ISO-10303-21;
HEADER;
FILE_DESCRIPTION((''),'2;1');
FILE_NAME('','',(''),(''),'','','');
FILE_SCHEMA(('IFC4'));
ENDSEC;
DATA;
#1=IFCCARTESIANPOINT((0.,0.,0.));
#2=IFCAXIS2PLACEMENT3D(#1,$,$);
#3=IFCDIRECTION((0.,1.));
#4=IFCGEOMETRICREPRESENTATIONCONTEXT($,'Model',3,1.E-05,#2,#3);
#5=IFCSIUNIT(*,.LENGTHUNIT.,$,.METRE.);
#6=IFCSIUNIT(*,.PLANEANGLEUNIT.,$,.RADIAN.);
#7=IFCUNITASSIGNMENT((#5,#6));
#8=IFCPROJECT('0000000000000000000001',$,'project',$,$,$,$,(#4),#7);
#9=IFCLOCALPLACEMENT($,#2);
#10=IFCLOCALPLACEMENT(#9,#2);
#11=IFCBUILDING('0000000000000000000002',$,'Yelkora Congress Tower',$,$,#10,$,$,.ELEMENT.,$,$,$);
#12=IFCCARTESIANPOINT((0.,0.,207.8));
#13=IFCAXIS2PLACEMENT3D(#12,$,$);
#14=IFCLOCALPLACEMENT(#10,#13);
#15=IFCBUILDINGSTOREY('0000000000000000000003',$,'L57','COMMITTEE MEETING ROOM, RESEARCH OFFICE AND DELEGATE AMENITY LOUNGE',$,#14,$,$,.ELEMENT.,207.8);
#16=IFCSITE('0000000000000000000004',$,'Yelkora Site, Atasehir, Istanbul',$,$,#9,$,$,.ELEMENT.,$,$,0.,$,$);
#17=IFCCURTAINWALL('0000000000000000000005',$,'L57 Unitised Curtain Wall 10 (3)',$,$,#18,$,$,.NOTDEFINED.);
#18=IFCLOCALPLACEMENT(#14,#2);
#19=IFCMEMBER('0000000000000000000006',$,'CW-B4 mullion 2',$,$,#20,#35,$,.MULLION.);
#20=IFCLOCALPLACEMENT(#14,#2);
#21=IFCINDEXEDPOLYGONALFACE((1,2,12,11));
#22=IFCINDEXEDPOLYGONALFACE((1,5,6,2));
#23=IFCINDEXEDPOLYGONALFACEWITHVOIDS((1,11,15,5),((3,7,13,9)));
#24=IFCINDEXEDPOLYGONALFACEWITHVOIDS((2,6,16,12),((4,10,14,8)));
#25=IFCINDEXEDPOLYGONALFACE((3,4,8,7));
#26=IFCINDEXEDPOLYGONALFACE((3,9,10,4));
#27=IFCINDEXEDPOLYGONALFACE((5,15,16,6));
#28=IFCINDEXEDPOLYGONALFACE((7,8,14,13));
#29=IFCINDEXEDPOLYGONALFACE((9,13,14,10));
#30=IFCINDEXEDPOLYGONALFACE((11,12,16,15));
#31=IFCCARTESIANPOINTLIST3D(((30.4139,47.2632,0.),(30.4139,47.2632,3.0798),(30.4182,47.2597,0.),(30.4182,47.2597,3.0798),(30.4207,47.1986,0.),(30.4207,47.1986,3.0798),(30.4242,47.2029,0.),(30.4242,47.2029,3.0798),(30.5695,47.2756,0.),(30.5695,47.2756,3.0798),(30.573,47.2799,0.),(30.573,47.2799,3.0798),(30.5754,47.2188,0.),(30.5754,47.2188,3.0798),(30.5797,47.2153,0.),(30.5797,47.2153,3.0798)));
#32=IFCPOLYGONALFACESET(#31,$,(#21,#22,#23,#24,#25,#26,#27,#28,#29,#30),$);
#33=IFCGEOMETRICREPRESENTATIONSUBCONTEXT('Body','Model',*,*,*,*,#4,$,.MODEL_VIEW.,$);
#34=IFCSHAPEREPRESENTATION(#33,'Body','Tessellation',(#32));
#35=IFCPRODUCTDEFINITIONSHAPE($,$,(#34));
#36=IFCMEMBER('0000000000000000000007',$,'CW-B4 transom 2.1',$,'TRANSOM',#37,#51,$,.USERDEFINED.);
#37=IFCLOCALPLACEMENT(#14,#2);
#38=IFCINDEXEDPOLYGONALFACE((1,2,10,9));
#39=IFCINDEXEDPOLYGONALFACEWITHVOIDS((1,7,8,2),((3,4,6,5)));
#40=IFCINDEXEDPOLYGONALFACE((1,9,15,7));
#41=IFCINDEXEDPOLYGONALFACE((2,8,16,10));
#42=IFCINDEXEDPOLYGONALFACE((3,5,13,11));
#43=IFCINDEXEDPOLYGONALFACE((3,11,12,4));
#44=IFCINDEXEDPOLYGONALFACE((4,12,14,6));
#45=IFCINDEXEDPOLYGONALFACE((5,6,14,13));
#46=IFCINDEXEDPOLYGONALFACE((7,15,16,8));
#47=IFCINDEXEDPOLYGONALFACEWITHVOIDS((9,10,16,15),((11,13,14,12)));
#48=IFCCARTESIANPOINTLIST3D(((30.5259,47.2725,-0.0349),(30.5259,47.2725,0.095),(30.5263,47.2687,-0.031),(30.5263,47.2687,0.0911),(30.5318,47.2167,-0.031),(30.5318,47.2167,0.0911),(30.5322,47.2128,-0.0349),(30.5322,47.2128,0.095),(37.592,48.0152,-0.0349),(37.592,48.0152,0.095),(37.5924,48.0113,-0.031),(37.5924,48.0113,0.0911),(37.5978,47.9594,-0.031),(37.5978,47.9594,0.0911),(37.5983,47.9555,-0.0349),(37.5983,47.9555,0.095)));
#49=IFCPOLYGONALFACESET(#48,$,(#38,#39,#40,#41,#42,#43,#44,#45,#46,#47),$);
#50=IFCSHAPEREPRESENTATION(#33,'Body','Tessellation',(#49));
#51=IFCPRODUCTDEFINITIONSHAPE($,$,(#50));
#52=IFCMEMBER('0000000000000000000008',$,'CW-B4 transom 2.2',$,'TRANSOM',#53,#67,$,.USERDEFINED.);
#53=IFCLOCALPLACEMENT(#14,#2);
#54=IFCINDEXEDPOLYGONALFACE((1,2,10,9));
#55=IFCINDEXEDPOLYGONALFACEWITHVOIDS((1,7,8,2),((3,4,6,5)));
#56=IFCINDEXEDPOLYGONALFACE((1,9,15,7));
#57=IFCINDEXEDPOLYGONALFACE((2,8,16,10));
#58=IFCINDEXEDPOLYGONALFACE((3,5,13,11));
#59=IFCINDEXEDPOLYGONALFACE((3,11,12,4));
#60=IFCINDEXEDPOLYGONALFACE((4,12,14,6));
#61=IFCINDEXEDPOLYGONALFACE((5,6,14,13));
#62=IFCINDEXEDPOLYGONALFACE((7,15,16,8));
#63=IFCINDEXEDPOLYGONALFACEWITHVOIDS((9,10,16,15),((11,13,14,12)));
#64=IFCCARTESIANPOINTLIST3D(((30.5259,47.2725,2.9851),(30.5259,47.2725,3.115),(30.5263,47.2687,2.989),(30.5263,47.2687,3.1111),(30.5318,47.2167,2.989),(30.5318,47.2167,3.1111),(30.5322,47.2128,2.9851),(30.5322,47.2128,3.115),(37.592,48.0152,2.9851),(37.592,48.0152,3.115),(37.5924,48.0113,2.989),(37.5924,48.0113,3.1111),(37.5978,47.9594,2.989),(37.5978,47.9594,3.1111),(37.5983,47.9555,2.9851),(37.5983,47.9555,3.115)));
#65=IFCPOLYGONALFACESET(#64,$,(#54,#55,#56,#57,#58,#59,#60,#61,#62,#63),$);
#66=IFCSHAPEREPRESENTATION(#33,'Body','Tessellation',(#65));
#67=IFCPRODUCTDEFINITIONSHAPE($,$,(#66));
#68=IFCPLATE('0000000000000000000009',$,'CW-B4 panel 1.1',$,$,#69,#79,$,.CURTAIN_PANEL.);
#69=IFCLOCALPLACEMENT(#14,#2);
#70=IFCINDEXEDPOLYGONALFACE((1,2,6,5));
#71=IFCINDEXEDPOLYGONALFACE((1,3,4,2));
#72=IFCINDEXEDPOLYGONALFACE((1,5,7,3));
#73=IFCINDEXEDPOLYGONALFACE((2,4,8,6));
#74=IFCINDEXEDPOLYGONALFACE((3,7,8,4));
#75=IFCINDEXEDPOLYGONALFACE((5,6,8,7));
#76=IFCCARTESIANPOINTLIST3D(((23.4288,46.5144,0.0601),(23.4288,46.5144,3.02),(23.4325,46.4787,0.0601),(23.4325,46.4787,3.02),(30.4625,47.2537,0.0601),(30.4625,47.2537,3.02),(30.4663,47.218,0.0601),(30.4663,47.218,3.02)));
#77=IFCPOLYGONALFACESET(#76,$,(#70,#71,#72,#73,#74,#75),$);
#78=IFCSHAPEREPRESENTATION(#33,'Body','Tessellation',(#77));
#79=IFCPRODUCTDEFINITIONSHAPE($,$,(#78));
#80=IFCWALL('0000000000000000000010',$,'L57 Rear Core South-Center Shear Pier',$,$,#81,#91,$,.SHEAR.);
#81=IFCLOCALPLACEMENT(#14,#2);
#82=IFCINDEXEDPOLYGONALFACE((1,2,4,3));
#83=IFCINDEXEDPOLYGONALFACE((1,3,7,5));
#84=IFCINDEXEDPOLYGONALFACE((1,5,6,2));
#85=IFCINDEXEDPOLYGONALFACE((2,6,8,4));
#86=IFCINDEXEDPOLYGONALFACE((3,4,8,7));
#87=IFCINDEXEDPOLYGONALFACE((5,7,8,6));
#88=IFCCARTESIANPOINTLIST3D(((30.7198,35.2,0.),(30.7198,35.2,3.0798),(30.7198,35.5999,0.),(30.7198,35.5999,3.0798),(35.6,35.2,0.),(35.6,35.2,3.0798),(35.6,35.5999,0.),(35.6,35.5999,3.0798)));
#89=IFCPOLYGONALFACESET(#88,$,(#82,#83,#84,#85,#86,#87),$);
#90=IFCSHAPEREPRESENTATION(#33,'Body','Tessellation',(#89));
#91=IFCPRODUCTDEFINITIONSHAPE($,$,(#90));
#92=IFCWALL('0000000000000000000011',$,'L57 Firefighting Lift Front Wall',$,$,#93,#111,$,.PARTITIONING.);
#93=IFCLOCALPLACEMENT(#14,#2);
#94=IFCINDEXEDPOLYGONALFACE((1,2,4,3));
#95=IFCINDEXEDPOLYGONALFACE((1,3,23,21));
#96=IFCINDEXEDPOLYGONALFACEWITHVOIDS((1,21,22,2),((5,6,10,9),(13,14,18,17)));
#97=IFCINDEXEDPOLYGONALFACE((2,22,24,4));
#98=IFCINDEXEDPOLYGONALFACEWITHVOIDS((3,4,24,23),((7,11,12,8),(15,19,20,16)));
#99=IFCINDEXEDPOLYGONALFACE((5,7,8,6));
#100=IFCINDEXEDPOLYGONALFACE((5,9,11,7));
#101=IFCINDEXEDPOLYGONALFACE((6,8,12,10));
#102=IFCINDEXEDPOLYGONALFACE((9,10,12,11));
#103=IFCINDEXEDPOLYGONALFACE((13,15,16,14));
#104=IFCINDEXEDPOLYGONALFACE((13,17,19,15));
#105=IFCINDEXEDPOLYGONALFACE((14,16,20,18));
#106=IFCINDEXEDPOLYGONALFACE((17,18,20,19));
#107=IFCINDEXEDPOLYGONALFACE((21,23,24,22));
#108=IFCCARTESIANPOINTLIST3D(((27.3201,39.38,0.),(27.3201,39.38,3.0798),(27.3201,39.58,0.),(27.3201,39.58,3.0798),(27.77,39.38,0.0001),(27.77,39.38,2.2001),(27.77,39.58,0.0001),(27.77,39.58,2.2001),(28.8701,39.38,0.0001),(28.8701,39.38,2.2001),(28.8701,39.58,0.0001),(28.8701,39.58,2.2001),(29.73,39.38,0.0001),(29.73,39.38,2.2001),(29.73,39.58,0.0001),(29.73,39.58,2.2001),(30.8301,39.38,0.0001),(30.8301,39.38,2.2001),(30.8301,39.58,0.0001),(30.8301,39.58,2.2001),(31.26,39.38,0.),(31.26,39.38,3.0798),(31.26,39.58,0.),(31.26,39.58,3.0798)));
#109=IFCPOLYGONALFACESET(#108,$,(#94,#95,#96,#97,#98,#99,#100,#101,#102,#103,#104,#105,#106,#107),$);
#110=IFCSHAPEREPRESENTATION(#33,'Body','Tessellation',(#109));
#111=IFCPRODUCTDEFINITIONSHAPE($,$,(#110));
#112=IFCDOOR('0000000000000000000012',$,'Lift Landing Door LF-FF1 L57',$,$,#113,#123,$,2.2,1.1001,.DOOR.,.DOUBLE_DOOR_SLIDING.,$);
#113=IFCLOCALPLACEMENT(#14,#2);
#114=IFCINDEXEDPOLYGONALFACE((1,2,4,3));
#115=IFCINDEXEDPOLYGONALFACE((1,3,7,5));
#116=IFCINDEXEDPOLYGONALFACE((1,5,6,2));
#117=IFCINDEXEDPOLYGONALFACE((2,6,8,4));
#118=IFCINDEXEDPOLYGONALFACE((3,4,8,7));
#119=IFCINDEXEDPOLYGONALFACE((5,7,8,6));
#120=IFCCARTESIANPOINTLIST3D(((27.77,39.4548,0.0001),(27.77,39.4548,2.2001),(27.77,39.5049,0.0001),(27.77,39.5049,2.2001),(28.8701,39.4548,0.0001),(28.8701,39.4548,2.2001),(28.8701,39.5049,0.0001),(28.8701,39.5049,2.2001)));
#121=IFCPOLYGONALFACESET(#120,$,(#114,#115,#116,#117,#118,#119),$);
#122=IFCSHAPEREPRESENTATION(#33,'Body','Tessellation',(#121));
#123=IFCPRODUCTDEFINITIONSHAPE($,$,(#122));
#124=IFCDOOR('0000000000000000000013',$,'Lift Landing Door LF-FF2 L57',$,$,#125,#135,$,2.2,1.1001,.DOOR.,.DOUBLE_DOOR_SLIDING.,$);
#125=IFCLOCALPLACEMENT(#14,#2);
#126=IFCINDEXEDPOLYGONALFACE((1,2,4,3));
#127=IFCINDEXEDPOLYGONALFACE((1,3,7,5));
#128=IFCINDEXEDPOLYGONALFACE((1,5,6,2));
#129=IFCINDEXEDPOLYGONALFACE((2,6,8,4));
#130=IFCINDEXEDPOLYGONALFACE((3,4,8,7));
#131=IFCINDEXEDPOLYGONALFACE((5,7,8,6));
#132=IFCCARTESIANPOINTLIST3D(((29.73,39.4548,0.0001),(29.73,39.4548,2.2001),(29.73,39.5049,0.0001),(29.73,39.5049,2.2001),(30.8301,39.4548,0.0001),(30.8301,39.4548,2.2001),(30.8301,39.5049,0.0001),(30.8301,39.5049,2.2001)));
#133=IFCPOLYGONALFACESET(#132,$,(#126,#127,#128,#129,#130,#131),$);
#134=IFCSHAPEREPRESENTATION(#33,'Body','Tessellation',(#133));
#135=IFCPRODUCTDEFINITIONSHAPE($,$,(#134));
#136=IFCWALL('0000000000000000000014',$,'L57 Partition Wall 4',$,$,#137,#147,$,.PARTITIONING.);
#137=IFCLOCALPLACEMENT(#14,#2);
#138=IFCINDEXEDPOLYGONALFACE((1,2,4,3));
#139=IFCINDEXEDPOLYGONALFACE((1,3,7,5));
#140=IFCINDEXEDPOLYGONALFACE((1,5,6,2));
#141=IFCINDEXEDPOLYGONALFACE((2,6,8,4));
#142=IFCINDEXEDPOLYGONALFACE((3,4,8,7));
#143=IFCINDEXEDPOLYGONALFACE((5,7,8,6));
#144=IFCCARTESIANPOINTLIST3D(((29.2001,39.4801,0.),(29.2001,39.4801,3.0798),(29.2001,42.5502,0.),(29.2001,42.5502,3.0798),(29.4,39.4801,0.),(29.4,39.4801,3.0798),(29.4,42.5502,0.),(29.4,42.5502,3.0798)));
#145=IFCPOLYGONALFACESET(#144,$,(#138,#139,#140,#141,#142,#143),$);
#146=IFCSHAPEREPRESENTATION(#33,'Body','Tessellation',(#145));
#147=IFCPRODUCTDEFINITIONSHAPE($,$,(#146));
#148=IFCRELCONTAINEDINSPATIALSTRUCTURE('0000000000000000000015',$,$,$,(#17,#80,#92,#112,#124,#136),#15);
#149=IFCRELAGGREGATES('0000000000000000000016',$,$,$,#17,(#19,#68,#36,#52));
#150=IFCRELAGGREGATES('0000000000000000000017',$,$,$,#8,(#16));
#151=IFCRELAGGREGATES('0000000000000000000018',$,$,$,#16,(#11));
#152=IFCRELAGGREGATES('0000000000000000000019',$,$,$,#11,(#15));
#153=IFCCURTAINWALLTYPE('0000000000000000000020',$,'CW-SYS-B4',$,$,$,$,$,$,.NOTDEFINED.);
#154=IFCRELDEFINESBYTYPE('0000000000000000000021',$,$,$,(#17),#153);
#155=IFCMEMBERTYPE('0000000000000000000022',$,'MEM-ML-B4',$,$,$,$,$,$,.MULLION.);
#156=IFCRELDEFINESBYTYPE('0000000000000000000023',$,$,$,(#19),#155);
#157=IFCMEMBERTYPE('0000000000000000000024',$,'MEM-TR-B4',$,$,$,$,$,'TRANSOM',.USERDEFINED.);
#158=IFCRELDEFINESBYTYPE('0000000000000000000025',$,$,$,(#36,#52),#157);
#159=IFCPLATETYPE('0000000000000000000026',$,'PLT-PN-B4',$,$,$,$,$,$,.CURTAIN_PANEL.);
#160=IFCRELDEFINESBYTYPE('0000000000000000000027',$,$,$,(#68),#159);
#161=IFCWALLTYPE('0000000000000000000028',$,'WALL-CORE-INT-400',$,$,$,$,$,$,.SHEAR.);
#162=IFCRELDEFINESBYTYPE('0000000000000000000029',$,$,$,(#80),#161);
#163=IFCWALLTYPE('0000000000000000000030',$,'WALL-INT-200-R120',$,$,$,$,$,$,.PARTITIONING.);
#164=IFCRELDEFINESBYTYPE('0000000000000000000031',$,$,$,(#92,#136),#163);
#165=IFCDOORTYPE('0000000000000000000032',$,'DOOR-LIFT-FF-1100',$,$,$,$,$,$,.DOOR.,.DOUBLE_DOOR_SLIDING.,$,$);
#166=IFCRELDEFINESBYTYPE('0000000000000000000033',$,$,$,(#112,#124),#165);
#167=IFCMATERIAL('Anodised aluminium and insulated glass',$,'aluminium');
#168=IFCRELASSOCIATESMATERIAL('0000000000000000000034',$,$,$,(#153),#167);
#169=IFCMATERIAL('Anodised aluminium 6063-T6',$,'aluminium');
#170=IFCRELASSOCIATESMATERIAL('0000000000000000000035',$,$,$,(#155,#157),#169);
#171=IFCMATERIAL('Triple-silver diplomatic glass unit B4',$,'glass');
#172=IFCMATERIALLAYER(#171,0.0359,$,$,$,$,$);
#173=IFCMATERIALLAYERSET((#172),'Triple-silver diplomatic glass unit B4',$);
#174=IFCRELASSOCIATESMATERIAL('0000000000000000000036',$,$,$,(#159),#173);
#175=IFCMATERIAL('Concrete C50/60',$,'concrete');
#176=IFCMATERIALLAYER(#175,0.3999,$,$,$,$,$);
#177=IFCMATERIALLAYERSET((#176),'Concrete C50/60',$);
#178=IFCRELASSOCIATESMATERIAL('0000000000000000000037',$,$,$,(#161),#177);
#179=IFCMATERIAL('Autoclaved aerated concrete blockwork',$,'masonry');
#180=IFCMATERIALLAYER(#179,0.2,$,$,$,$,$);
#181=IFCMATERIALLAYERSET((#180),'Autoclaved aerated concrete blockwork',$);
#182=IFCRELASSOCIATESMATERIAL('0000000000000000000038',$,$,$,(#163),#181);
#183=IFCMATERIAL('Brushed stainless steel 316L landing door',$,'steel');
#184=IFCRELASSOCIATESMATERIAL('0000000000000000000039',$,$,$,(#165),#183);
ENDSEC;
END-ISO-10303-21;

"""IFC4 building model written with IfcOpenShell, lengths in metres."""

from ifc_helpers import new_model, si_unit, direction, frame, frame_2d, origin, origin_2d, place, context, subcontext, project, spatial, rectangle, hollow_rectangle, extrude, material, layer, layer_set, material_profile, profile_set, type_object, element, fill, aggregate, save


model = new_model("IFC4")

# Units and contexts
model_context = context("Model", 3, precision=1e-05, world=origin(), true_north=direction((0.0, 1.0)))
body_context = subcontext(model_context, "Body", "Model", "MODEL_VIEW")
ifc_project = project(units=[si_unit("LENGTHUNIT", "METRE"), si_unit("PLANEANGLEUNIT", "RADIAN")], contexts=[model_context])

# Site, building, storey
site_placement = place(None, origin())
site = spatial("IfcSite", under=ifc_project, at=site_placement, Name="Yelkora Site, Atasehir, Istanbul", CompositionType="ELEMENT", RefElevation=0.0)
building_placement = place(site_placement, origin())
building = spatial("IfcBuilding", under=site, at=building_placement, Name="Yelkora Congress Tower", CompositionType="ELEMENT")
storey_placement = place(building_placement, frame((0.0, 0.0, 207.8)))
storey = spatial("IfcBuildingStorey", under=building, at=storey_placement, Name="L57", Description="COMMITTEE MEETING ROOM, RESEARCH OFFICE AND DELEGATE AMENITY LOUNGE", CompositionType="ELEMENT", Elevation=207.8)

# Curtain wall, members, plate
ifc_material_1 = material(Name="Anodised aluminium and insulated glass", Category="aluminium")
curtain_wall_type = type_object("IfcCurtainWallType", Name="CW-SYS-B4", PredefinedType="NOTDEFINED", material=ifc_material_1)
curtain_wall_placement = place(storey_placement, origin())
curtain_wall = element("IfcCurtainWall", 1, at=curtain_wall_placement, inside=storey, type_object=curtain_wall_type, Name="L57 Unitised Curtain Wall 10 (3)", PredefinedType="NOTDEFINED")
ifc_material_2 = material(Name="Anodised aluminium 6063-T6", Category="aluminium")
ifc_material_profile_1 = material_profile(ifc_material_2, hollow_rectangle(XDim=0.0649, YDim=0.1599, WallThickness=0.0039, at=origin_2d()), Name="ALU 65x160x4")
ifc_profile_set_1 = profile_set([ifc_material_profile_1], Name="Anodised aluminium 6063-T6")
member_type_1 = type_object("IfcMemberType", Name="MEM-ML-B4", PredefinedType="MULLION", material=ifc_profile_set_1)
member_1_placement = place(storey_placement, frame((30.4968, 47.2393, 0.0), z_axis=(0.0, 0.0, 1.0), x_axis=(-0.104528, 0.994522, 0.0)))
member_1 = element("IfcMember", 2, at=member_1_placement, type_object=member_type_1, Name="CW-B4 mullion 2", PredefinedType="MULLION", context=body_context, shape_type="SweptSolid", body=[
    extrude(hollow_rectangle(XDim=0.0649, YDim=0.1599, WallThickness=0.0039, at=origin_2d()), origin(), (0.0, 0.0, 1.0), 3.0798),
])
ifc_material_profile_2 = material_profile(ifc_material_2, hollow_rectangle(XDim=0.0601, YDim=0.1299, WallThickness=0.0039, at=origin_2d()), Name="ALU 60x130x4")
ifc_profile_set_2 = profile_set([ifc_material_profile_2], Name="Anodised aluminium 6063-T6")
member_type_2 = type_object("IfcMemberType", Name="MEM-TR-B4", ElementType="TRANSOM", PredefinedType="USERDEFINED", material=ifc_profile_set_2)
member_2_placement = place(storey_placement, frame((30.5291, 47.2427, 0.03), z_axis=(0.994522, 0.104527, 0.0), x_axis=(-0.104527, 0.994522, 0.0)))
member_2 = element("IfcMember", 3, at=member_2_placement, type_object=member_type_2, Name="CW-B4 transom 2.1", ObjectType="TRANSOM", PredefinedType="USERDEFINED", context=body_context, shape_type="SweptSolid", body=[
    extrude(hollow_rectangle(XDim=0.0601, YDim=0.1299, WallThickness=0.0039, at=origin_2d()), origin(), (0.0, 0.0, 1.0), 7.105),
])
member_3_placement = place(storey_placement, frame((30.5291, 47.2427, 3.05), z_axis=(0.994522, 0.104527, 0.0), x_axis=(-0.104527, 0.994522, 0.0)))
member_3 = element("IfcMember", 4, at=member_3_placement, type_object=member_type_2, Name="CW-B4 transom 2.2", ObjectType="TRANSOM", PredefinedType="USERDEFINED", context=body_context, shape_type="SweptSolid", body=[
    extrude(hollow_rectangle(XDim=0.0601, YDim=0.1299, WallThickness=0.0039, at=origin_2d()), origin(), (0.0, 0.0, 1.0), 7.105),
])
ifc_material_3 = material(Name="Triple-silver diplomatic glass unit B4", Category="glass")
ifc_layer_1 = layer(ifc_material_3, 0.0359)
ifc_layer_set_1 = layer_set([ifc_layer_1], Name="Triple-silver diplomatic glass unit B4")
plate_type = type_object("IfcPlateType", Name="PLT-PN-B4", PredefinedType="CURTAIN_PANEL", material=ifc_layer_set_1)
plate_placement = place(storey_placement, frame((26.9475, 46.8662, 0.0601), z_axis=(0.0, 0.0, 1.0), x_axis=(0.994522, 0.104528, 0.0)))
plate = element("IfcPlate", 5, at=plate_placement, type_object=plate_type, Name="CW-B4 panel 1.1", PredefinedType="CURTAIN_PANEL", context=body_context, shape_type="SweptSolid", body=[
    extrude(rectangle(XDim=7.0725, YDim=0.0359, at=origin_2d()), origin(), (0.0, 0.0, 1.0), 2.96),
])
aggregate(curtain_wall, [member_1, plate, member_2, member_3])

# Wall
ifc_material_4 = material(Name="Concrete C50/60", Category="concrete")
ifc_layer_2 = layer(ifc_material_4, 0.3999)
ifc_layer_set_2 = layer_set([ifc_layer_2], Name="Concrete C50/60")
wall_type_1 = type_object("IfcWallType", Name="WALL-CORE-INT-400", PredefinedType="SHEAR", material=ifc_layer_set_2)
wall_1_placement = place(storey_placement, frame((30.72, 35.3999, 0.0), z_axis=(0.0, 0.0, 1.0), x_axis=(1.0, 0.0, 0.0)))
element("IfcWall", 6, at=wall_1_placement, inside=storey, type_object=wall_type_1, Name="L57 Rear Core South-Center Shear Pier", PredefinedType="SHEAR", context=body_context, shape_type="SweptSolid", body=[
    extrude(rectangle(XDim=4.8801, YDim=0.3999, at=frame_2d((2.4399, 0.0))), origin(), (0.0, 0.0, 1.0), 3.0798),
])

# Shared definitions
ifc_material_5 = material(Name="Autoclaved aerated concrete blockwork", Category="masonry")
ifc_layer_3 = layer(ifc_material_5, 0.2)
ifc_layer_set_3 = layer_set([ifc_layer_3], Name="Autoclaved aerated concrete blockwork")
wall_type_2 = type_object("IfcWallType", Name="WALL-INT-200-R120", PredefinedType="PARTITIONING", material=ifc_layer_set_3)

# Wall, openings, doors
wall_2_placement = place(storey_placement, frame((27.3201, 39.48, 0.0), z_axis=(0.0, 0.0, 1.0), x_axis=(1.0, 0.0, 0.0)))
wall_2 = element("IfcWall", 7, at=wall_2_placement, inside=storey, type_object=wall_type_2, Name="L57 Firefighting Lift Front Wall", PredefinedType="PARTITIONING", context=body_context, shape_type="SweptSolid", body=[
    extrude(rectangle(XDim=3.9399, YDim=0.2, at=frame_2d((1.97, 0.0))), origin(), (0.0, 0.0, 1.0), 3.0798),
])
opening_1_placement = place(wall_2_placement, frame((0.45, 0.0, 0.0)))
opening_1 = element("IfcOpeningElement", 8, at=opening_1_placement, cuts=wall_2, PredefinedType="OPENING", context=body_context, shape_type="SweptSolid", body=[
    extrude(rectangle(XDim=1.1001, YDim=2.2, at=frame_2d((0.55, 1.1001))), frame((0.0, 0.1099, 0.0), z_axis=(0.0, -1.0, 0.0), x_axis=(1.0, 0.0, 0.0)), (0.0, 0.0, 1.0), 0.22),
])
opening_2_placement = place(wall_2_placement, frame((2.4099, 0.0, 0.0)))
opening_2 = element("IfcOpeningElement", 9, at=opening_2_placement, cuts=wall_2, PredefinedType="OPENING", context=body_context, shape_type="SweptSolid", body=[
    extrude(rectangle(XDim=1.1001, YDim=2.2, at=frame_2d((0.55, 1.1001))), frame((0.0, 0.1099, 0.0), z_axis=(0.0, -1.0, 0.0), x_axis=(1.0, 0.0, 0.0)), (0.0, 0.0, 1.0), 0.22),
])
ifc_material_6 = material(Name="Brushed stainless steel 316L landing door", Category="steel")
door_type_1 = type_object("IfcDoorType", Name="DOOR-LIFT-FF-1100", OperationType="DOUBLE_DOOR_SLIDING", PredefinedType="DOOR", material=ifc_material_6)
door_1_placement = place(opening_1_placement, origin())
door_1 = element("IfcDoor", 10, at=door_1_placement, inside=storey, type_object=door_type_1, Name="Lift Landing Door LF-FF1 L57", OperationType="DOUBLE_DOOR_SLIDING", OverallHeight=2.2, OverallWidth=1.1001, PredefinedType="DOOR", context=body_context, shape_type="SweptSolid", body=[
    extrude(rectangle(XDim=1.1001, YDim=2.2, at=frame_2d((0.55, 1.1001))), frame((0.0, 0.0249, 0.0), z_axis=(0.0, -1.0, 0.0), x_axis=(1.0, 0.0, 0.0)), (0.0, 0.0, 1.0), 0.05),
])
fill(opening_1, door_1)
door_2_placement = place(opening_2_placement, origin())
door_2 = element("IfcDoor", 11, at=door_2_placement, inside=storey, type_object=door_type_1, Name="Lift Landing Door LF-FF2 L57", OperationType="DOUBLE_DOOR_SLIDING", OverallHeight=2.2, OverallWidth=1.1001, PredefinedType="DOOR", context=body_context, shape_type="SweptSolid", body=[
    extrude(rectangle(XDim=1.1001, YDim=2.2, at=frame_2d((0.55, 1.1001))), frame((0.0, 0.0249, 0.0), z_axis=(0.0, -1.0, 0.0), x_axis=(1.0, 0.0, 0.0)), (0.0, 0.0, 1.0), 0.05),
])
fill(opening_2, door_2)

# Wall
wall_3_placement = place(storey_placement, frame((29.3, 39.48, 0.0), z_axis=(0.0, 0.0, 1.0), x_axis=(0.0, 1.0, 0.0)))
element("IfcWall", 12, at=wall_3_placement, inside=storey, type_object=wall_type_2, Name="L57 Partition Wall 4", PredefinedType="PARTITIONING", context=body_context, shape_type="SweptSolid", body=[
    extrude(rectangle(XDim=3.0701, YDim=0.2, at=frame_2d((1.5352, 0.0))), origin(), (0.0, 0.0, 1.0), 3.0798),
])

save(model, "model.ifc")
